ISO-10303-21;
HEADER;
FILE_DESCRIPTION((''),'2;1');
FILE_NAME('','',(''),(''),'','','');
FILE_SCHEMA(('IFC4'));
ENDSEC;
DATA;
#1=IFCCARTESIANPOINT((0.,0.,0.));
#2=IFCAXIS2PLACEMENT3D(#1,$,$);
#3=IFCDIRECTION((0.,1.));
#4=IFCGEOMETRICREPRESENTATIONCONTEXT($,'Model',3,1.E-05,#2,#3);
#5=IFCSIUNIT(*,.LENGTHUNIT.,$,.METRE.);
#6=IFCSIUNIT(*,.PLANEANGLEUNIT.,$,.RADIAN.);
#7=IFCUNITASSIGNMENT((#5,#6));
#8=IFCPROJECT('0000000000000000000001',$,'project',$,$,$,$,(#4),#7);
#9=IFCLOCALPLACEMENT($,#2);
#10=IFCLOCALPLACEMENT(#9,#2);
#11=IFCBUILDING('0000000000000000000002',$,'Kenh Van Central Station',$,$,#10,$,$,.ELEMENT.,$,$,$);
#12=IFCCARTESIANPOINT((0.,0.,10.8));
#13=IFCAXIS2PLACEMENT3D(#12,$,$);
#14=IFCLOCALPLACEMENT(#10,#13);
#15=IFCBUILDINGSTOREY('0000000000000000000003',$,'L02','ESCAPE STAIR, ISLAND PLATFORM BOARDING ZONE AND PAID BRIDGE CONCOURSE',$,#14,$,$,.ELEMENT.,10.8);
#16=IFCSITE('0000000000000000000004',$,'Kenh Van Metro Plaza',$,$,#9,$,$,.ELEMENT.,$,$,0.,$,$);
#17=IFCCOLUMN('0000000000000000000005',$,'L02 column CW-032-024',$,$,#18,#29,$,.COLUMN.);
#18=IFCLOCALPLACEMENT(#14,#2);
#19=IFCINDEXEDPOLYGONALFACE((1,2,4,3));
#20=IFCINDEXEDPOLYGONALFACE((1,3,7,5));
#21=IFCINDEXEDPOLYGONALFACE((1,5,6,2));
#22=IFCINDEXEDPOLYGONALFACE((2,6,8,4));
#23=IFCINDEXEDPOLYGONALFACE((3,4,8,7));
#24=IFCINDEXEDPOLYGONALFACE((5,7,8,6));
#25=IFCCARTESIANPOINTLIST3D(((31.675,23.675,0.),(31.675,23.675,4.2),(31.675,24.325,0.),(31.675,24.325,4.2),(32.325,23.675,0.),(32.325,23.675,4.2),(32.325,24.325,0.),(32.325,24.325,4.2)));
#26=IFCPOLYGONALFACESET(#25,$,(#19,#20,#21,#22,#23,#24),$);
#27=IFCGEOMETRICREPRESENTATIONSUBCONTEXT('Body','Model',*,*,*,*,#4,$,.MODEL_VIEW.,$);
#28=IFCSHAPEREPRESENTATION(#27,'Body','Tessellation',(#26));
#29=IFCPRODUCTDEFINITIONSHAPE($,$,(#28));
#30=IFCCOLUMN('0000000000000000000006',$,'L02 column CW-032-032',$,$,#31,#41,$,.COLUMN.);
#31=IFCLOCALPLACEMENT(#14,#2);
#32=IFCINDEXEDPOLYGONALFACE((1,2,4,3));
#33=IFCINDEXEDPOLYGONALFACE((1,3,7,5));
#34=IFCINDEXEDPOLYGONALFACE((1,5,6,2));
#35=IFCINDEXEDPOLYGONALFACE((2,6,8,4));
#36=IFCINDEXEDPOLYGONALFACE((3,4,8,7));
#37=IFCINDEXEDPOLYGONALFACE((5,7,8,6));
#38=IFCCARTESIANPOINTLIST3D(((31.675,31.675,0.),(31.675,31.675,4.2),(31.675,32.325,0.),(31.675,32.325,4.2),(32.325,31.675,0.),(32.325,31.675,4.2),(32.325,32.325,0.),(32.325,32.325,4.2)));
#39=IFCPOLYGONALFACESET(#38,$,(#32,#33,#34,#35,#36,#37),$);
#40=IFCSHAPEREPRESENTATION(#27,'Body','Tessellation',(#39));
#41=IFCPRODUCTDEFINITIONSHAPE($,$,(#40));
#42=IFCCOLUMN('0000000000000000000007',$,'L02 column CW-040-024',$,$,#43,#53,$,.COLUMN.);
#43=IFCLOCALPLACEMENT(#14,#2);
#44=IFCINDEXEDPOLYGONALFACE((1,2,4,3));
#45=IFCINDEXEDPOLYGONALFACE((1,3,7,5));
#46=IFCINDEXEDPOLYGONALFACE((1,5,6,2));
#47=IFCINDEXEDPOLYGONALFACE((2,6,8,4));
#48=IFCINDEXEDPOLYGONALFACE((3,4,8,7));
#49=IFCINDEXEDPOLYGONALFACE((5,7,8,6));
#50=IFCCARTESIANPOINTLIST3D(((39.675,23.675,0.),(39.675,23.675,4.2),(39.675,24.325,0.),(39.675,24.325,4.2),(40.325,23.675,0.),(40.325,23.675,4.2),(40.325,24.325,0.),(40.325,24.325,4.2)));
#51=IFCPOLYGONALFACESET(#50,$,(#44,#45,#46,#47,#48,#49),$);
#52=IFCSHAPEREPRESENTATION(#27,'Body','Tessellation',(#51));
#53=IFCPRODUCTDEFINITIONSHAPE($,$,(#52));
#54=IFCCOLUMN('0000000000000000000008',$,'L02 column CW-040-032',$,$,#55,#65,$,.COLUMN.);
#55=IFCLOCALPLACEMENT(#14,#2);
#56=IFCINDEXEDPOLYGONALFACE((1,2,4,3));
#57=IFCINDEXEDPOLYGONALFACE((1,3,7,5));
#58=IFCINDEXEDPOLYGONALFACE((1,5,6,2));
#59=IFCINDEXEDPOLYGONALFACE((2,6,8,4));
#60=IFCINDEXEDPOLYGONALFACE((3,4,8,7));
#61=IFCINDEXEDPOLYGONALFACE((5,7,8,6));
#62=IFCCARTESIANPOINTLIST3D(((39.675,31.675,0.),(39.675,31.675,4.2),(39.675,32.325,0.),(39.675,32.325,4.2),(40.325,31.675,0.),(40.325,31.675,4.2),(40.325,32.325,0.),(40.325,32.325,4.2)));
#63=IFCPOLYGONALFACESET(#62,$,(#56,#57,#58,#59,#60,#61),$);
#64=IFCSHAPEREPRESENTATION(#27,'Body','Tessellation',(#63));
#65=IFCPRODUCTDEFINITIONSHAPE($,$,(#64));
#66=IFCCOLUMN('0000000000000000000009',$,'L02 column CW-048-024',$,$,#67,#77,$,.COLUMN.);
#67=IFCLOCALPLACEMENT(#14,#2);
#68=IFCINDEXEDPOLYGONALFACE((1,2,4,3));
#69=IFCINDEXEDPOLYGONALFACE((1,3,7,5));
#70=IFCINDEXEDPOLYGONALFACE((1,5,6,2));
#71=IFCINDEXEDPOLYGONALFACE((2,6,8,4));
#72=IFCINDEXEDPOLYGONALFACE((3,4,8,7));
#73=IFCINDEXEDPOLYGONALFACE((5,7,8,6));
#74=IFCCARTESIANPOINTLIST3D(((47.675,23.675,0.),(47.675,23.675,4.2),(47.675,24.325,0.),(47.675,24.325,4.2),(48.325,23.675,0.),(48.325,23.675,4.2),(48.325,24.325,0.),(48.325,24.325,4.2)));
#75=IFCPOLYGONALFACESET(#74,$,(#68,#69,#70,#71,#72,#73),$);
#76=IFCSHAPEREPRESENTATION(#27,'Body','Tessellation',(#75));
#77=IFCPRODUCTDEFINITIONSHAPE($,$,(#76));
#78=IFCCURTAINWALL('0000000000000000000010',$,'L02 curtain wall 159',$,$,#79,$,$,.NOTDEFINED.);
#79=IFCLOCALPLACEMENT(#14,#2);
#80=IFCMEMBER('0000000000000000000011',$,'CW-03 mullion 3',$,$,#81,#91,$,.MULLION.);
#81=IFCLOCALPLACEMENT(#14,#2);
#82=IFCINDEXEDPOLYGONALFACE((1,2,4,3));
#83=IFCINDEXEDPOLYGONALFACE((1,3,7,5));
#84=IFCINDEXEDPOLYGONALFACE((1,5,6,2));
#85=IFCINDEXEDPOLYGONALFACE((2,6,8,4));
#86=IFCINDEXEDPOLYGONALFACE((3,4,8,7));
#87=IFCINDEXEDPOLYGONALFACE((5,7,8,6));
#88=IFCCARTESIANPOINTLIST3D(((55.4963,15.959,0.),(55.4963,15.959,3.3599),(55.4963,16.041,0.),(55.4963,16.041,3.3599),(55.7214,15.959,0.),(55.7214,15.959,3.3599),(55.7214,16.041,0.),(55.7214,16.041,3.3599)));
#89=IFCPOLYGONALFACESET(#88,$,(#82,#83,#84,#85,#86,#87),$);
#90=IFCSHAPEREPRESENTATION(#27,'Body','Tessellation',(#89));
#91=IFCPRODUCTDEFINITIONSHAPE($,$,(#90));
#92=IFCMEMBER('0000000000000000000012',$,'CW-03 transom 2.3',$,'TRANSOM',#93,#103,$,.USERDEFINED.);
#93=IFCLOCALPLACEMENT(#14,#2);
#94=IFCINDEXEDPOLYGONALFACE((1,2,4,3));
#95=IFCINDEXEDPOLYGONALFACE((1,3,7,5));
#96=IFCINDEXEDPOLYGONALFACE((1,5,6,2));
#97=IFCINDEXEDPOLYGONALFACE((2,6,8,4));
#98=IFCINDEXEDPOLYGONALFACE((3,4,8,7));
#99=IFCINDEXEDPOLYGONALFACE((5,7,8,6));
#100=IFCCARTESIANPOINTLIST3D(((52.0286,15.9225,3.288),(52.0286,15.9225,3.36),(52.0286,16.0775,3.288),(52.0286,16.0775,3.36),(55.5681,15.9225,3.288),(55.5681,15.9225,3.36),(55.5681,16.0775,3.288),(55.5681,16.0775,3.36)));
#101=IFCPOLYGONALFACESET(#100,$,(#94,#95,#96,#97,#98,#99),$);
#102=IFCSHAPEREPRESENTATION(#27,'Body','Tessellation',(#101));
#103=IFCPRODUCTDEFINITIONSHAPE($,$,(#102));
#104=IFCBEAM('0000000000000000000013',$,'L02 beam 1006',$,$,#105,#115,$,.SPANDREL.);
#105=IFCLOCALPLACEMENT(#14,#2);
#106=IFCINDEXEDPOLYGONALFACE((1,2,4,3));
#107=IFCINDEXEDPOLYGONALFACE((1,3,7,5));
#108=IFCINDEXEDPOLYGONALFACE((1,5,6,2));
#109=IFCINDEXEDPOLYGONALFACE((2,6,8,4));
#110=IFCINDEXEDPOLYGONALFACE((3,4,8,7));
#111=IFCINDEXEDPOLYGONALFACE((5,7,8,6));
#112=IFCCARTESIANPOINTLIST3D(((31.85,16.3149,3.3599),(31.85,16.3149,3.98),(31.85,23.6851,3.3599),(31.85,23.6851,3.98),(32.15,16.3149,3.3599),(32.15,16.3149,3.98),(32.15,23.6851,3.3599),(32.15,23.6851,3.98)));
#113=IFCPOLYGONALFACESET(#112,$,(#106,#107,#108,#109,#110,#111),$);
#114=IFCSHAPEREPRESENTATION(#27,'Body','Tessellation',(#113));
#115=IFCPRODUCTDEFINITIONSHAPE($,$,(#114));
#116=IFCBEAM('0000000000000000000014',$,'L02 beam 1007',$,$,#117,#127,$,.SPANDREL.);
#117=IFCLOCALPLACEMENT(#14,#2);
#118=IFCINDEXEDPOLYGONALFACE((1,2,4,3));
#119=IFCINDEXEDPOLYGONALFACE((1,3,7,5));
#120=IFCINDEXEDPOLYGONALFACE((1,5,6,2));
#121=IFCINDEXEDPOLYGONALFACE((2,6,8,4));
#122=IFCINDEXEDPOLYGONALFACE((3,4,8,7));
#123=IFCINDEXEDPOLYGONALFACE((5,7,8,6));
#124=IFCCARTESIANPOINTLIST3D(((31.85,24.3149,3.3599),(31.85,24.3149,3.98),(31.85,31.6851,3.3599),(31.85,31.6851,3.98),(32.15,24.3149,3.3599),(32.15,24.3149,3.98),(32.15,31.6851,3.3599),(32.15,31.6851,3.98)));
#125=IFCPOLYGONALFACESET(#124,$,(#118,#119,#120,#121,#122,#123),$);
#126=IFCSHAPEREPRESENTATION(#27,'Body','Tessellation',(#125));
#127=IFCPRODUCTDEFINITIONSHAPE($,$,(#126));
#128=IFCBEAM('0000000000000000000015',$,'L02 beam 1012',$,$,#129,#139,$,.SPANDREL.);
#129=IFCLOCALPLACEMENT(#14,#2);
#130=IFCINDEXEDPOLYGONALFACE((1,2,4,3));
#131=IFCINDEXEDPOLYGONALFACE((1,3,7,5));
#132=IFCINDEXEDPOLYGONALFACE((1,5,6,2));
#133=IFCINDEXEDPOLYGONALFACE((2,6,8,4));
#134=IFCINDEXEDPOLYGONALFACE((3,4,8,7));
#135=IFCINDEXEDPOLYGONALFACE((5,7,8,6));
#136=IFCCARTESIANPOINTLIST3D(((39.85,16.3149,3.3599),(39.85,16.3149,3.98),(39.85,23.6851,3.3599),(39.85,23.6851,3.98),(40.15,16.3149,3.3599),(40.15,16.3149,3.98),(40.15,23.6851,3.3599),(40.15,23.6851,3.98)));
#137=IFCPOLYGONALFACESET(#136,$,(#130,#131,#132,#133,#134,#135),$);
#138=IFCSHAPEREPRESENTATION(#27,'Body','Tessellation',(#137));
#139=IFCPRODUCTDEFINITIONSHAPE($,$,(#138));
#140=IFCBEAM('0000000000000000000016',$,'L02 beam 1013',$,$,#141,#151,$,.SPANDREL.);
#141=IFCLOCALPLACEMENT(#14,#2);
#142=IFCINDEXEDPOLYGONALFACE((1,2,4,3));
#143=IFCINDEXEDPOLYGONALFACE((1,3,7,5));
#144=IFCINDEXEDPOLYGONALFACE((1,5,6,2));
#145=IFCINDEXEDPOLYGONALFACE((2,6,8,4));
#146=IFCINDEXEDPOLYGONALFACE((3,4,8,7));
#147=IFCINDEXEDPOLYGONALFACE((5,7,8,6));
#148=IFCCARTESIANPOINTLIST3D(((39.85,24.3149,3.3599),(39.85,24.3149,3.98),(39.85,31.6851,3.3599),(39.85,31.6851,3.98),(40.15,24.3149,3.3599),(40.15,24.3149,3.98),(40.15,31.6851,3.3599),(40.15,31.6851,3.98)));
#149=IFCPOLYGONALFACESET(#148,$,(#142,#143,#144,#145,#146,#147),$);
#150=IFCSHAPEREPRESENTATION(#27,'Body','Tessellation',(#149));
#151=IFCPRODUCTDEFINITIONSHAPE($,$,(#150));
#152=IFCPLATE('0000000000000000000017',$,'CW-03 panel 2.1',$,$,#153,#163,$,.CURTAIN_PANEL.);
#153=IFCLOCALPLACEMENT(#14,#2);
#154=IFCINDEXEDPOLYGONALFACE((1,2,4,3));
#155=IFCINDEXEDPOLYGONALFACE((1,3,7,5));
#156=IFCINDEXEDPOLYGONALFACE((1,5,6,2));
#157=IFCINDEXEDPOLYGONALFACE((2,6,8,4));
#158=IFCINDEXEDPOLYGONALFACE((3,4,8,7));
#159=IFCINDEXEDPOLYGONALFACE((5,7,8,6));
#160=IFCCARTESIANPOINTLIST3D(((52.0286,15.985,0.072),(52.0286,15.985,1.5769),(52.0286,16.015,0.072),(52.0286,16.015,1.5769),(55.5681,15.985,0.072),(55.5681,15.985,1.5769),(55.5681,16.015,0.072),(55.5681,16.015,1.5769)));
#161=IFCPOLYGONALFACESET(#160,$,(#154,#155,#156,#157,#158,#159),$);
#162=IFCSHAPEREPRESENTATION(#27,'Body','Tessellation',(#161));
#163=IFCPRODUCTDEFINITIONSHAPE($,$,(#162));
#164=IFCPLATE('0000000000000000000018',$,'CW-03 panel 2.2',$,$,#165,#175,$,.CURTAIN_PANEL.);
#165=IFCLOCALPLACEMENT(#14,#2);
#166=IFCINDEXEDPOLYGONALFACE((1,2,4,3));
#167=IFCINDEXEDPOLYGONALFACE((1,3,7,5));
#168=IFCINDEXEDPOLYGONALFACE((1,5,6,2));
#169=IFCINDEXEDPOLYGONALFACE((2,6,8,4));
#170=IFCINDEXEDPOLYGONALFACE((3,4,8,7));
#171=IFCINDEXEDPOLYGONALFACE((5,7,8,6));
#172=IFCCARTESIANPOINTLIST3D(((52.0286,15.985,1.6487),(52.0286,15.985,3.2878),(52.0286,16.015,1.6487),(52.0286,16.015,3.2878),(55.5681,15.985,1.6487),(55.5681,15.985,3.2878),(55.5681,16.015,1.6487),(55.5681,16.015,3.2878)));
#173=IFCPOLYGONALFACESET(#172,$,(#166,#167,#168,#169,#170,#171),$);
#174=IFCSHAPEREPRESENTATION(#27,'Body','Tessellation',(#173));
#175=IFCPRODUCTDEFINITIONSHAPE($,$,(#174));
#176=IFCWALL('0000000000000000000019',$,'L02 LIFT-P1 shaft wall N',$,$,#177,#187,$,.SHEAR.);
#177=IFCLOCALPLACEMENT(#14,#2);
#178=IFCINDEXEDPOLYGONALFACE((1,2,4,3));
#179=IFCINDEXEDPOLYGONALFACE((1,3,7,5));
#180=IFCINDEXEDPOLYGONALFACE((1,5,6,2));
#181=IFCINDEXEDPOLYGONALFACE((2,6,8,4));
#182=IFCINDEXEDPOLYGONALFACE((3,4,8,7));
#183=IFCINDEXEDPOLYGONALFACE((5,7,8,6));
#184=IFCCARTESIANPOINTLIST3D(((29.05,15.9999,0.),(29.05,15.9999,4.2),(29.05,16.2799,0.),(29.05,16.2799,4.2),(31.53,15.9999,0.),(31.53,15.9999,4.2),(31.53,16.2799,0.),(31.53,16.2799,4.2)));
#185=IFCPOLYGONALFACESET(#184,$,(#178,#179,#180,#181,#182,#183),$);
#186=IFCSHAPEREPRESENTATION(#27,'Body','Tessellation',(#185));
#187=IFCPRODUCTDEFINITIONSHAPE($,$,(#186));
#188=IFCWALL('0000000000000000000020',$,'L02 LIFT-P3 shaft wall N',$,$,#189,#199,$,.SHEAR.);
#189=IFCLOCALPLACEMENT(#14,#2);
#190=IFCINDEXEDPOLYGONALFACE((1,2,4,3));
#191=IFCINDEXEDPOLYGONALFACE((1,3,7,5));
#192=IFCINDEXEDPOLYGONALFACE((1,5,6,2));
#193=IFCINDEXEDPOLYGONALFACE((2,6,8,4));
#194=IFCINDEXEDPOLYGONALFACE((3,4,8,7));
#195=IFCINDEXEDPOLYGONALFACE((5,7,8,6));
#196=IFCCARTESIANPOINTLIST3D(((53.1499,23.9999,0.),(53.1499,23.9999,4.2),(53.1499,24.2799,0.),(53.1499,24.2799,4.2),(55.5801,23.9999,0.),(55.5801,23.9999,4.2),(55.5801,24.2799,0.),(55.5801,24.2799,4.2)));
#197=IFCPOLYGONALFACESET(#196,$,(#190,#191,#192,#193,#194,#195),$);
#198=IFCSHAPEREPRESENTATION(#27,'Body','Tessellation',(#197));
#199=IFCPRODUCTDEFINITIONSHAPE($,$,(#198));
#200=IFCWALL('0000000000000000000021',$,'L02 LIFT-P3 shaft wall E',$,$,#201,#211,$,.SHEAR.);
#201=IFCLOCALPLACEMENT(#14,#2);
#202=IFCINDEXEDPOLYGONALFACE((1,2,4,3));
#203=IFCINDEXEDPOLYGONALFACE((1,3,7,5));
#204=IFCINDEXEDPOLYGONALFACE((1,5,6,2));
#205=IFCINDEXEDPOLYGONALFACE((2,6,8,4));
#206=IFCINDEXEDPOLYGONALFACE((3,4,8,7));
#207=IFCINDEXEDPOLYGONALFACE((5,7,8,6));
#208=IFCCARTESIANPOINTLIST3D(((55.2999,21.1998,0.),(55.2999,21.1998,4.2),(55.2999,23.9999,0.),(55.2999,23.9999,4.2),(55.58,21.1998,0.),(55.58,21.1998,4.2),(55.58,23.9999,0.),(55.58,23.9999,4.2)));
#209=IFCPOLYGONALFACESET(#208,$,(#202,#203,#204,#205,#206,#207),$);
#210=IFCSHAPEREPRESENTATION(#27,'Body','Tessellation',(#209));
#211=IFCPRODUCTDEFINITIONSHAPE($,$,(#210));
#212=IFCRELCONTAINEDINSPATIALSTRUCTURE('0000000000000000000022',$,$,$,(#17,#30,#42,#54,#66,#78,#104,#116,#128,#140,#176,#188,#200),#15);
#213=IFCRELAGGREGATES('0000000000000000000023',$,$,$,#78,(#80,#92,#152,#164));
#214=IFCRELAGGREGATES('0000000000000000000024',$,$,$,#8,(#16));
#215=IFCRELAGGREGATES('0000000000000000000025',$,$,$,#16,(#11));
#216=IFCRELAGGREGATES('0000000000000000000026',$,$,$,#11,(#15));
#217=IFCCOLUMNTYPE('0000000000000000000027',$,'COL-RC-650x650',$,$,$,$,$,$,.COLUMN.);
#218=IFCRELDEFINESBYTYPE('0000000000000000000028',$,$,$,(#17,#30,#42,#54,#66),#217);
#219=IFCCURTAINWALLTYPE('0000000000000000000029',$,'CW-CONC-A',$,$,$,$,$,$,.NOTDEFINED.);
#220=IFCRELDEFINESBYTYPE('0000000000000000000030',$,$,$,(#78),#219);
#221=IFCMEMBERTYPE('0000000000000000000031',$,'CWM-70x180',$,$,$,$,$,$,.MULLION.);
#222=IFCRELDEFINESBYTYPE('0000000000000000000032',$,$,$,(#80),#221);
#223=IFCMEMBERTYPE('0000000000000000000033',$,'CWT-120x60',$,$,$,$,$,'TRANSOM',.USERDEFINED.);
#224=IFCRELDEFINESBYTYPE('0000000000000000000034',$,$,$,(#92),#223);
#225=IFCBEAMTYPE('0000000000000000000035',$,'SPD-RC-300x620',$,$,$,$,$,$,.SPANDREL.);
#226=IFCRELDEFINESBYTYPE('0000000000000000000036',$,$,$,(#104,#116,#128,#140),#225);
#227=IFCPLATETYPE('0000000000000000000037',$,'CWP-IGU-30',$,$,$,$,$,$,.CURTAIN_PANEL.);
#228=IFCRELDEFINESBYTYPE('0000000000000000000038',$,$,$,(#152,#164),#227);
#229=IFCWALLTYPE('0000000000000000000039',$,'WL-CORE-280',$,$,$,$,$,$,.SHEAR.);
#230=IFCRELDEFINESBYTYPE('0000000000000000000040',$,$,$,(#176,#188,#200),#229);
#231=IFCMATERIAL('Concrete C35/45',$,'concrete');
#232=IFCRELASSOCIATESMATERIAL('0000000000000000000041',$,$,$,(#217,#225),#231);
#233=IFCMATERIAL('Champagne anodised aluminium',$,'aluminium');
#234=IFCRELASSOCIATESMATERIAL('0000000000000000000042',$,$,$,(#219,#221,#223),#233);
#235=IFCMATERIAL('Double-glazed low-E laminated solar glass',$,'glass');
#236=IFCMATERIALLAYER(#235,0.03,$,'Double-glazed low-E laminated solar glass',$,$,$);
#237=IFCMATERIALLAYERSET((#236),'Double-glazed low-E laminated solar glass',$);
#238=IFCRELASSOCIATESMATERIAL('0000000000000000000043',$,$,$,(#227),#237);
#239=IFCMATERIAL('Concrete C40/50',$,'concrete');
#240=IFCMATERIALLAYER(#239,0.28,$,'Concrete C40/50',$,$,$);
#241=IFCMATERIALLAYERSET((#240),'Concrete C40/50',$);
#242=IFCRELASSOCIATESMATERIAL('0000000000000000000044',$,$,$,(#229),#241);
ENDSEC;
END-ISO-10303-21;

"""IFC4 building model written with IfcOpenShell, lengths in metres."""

from ifc_helpers import new_model, si_unit, direction, frame, frame_2d, origin, origin_2d, place, context, subcontext, project, spatial, rectangle, extrude, material, layer, layer_set, material_profile, profile_set, type_object, element, aggregate, save


model = new_model("IFC4")

# Units and contexts
model_context = context("Model", 3, precision=1e-05, world=origin(), true_north=direction((0.0, 1.0)))
body_context = subcontext(model_context, "Body", "Model", "MODEL_VIEW")
ifc_project = project(units=[si_unit("LENGTHUNIT", "METRE"), si_unit("PLANEANGLEUNIT", "RADIAN")], contexts=[model_context])

# Site, building, storey
site_placement = place(None, origin())
site = spatial("IfcSite", under=ifc_project, at=site_placement, Name="Kenh Van Metro Plaza", CompositionType="ELEMENT", RefElevation=0.0)
building_placement = place(site_placement, origin())
building = spatial("IfcBuilding", under=site, at=building_placement, Name="Kenh Van Central Station", CompositionType="ELEMENT")
storey_placement = place(building_placement, frame((0.0, 0.0, 10.8)))
storey = spatial("IfcBuildingStorey", under=building, at=storey_placement, Name="L02", Description="ESCAPE STAIR, ISLAND PLATFORM BOARDING ZONE AND PAID BRIDGE CONCOURSE", CompositionType="ELEMENT", Elevation=10.8)

# Columns
ifc_material_1 = material(Name="Concrete C35/45", Category="concrete")
ifc_material_profile_1 = material_profile(ifc_material_1, rectangle(XDim=0.6499, YDim=0.6499, at=origin_2d()), Name="RC 650x650")
ifc_profile_set_1 = profile_set([ifc_material_profile_1], Name="Concrete C35/45")
column_type = type_object("IfcColumnType", Name="COL-RC-650x650", PredefinedType="COLUMN", material=ifc_profile_set_1)
for number, where, z_axis, x_axis, name in (
    (1, (32.0, 24.0, 0.0), (0.0, 0.0, 1.0), (1.0, 0.0, 0.0), "L02 column CW-032-024"),
    (2, (32.0, 32.0, 0.0), (0.0, 0.0, 1.0), (1.0, 0.0, 0.0), "L02 column CW-032-032"),
    (3, (40.0, 24.0, 0.0), (0.0, 0.0, 1.0), (1.0, 0.0, 0.0), "L02 column CW-040-024"),
    (4, (40.0, 32.0, 0.0), (0.0, 0.0, 1.0), (1.0, 0.0, 0.0), "L02 column CW-040-032"),
    (5, (48.0, 24.0, 0.0), (0.0, 0.0, 1.0), (1.0, 0.0, 0.0), "L02 column CW-048-024"),
):
    element("IfcColumn", number, at=place(storey_placement, frame(where, z_axis=z_axis, x_axis=x_axis)), inside=storey, type_object=column_type, Name=name, PredefinedType="COLUMN", context=body_context, shape_type="SweptSolid", body=[
        extrude(rectangle(XDim=0.6499, YDim=0.6499, at=origin_2d()), origin(), (0.0, 0.0, 1.0), 4.2),
    ])

# Curtain wall, members
ifc_material_2 = material(Name="Champagne anodised aluminium", Category="aluminium")
curtain_wall_type = type_object("IfcCurtainWallType", Name="CW-CONC-A", PredefinedType="NOTDEFINED", material=ifc_material_2)
curtain_wall_placement = place(storey_placement, origin())
curtain_wall = element("IfcCurtainWall", 6, at=curtain_wall_placement, inside=storey, type_object=curtain_wall_type, Name="L02 curtain wall 159", PredefinedType="NOTDEFINED")
ifc_material_profile_2 = material_profile(ifc_material_2, rectangle(XDim=0.082, YDim=0.2251, at=origin_2d()), Name="AL 82x225")
ifc_profile_set_2 = profile_set([ifc_material_profile_2], Name="Champagne anodised aluminium")
member_type_1 = type_object("IfcMemberType", Name="CWM-70x180", PredefinedType="MULLION", material=ifc_profile_set_2)
member_1_placement = place(storey_placement, frame((55.6089, 16.0, 0.0), z_axis=(0.0, 0.0, 1.0), x_axis=(0.0, 1.0, 0.0)))
member_1 = element("IfcMember", 7, at=member_1_placement, type_object=member_type_1, Name="CW-03 mullion 3", PredefinedType="MULLION", context=body_context, shape_type="SweptSolid", body=[
    extrude(rectangle(XDim=0.082, YDim=0.2251, at=origin_2d()), origin(), (0.0, 0.0, 1.0), 3.3599),
])
ifc_material_profile_3 = material_profile(ifc_material_2, rectangle(XDim=0.155, YDim=0.072, at=origin_2d()), Name="AL 155x72")
ifc_profile_set_3 = profile_set([ifc_material_profile_3], Name="Champagne anodised aluminium")
member_type_2 = type_object("IfcMemberType", Name="CWT-120x60", ElementType="TRANSOM", PredefinedType="USERDEFINED", material=ifc_profile_set_3)
member_2_placement = place(storey_placement, frame((52.0286, 16.0, 3.324), z_axis=(1.0, 0.0, 0.0), x_axis=(0.0, 1.0, 0.0)))
member_2 = element("IfcMember", 8, at=member_2_placement, type_object=member_type_2, Name="CW-03 transom 2.3", ObjectType="TRANSOM", PredefinedType="USERDEFINED", context=body_context, shape_type="SweptSolid", body=[
    extrude(rectangle(XDim=0.155, YDim=0.072, at=origin_2d()), origin(), (0.0, 0.0, 1.0), 3.5396),
])

# Beams
ifc_material_profile_4 = material_profile(ifc_material_1, rectangle(XDim=0.3, YDim=0.6201, at=origin_2d()), Name="RC 300x620")
ifc_profile_set_4 = profile_set([ifc_material_profile_4], Name="Concrete C35/45")
beam_type = type_object("IfcBeamType", Name="SPD-RC-300x620", PredefinedType="SPANDREL", material=ifc_profile_set_4)
for number, where, z_axis, x_axis, name in (
    (9, (32.0, 16.3149, 3.6699), (0.0, 1.0, 0.0), (-1.0, 0.0, 0.0), "L02 beam 1006"),
    (10, (32.0, 24.3149, 3.6699), (0.0, 1.0, 0.0), (-1.0, 0.0, 0.0), "L02 beam 1007"),
    (11, (40.0, 16.3149, 3.6699), (0.0, 1.0, 0.0), (-1.0, 0.0, 0.0), "L02 beam 1012"),
    (12, (40.0, 24.3149, 3.6699), (0.0, 1.0, 0.0), (-1.0, 0.0, 0.0), "L02 beam 1013"),
):
    element("IfcBeam", number, at=place(storey_placement, frame(where, z_axis=z_axis, x_axis=x_axis)), inside=storey, type_object=beam_type, Name=name, PredefinedType="SPANDREL", context=body_context, shape_type="SweptSolid", body=[
        extrude(rectangle(XDim=0.3, YDim=0.6201, at=origin_2d()), origin(), (0.0, 0.0, 1.0), 7.3701),
    ])

# Plates
ifc_material_3 = material(Name="Double-glazed low-E laminated solar glass", Category="glass")
ifc_layer_1 = layer(ifc_material_3, 0.03, Name="Double-glazed low-E laminated solar glass")
ifc_layer_set_1 = layer_set([ifc_layer_1], Name="Double-glazed low-E laminated solar glass")
plate_type = type_object("IfcPlateType", Name="CWP-IGU-30", PredefinedType="CURTAIN_PANEL", material=ifc_layer_set_1)
plate_1_placement = place(storey_placement, frame((53.7983, 16.0, 0.072), z_axis=(0.0, 0.0, 1.0), x_axis=(1.0, 0.0, 0.0)))
plate_1 = element("IfcPlate", 13, at=plate_1_placement, type_object=plate_type, Name="CW-03 panel 2.1", PredefinedType="CURTAIN_PANEL", context=body_context, shape_type="SweptSolid", body=[
    extrude(rectangle(XDim=3.5396, YDim=0.03, at=origin_2d()), origin(), (0.0, 0.0, 1.0), 1.5049),
])
plate_2_placement = place(storey_placement, frame((53.7983, 16.0, 1.6487), z_axis=(0.0, 0.0, 1.0), x_axis=(1.0, 0.0, 0.0)))
plate_2 = element("IfcPlate", 14, at=plate_2_placement, type_object=plate_type, Name="CW-03 panel 2.2", PredefinedType="CURTAIN_PANEL", context=body_context, shape_type="SweptSolid", body=[
    extrude(rectangle(XDim=3.5396, YDim=0.03, at=origin_2d()), origin(), (0.0, 0.0, 1.0), 1.6392),
])
aggregate(curtain_wall, [member_1, member_2, plate_1, plate_2])

# Wall
ifc_material_4 = material(Name="Concrete C40/50", Category="concrete")
ifc_layer_2 = layer(ifc_material_4, 0.28, Name="Concrete C40/50")
ifc_layer_set_2 = layer_set([ifc_layer_2], Name="Concrete C40/50")
wall_type_1 = type_object("IfcWallType", Name="WL-CORE-280", PredefinedType="SHEAR", material=ifc_layer_set_2)
wall_1_placement = place(storey_placement, frame((29.05, 16.1399, 0.0), z_axis=(0.0, 0.0, 1.0), x_axis=(1.0, 0.0, 0.0)))
element("IfcWall", 15, at=wall_1_placement, inside=storey, type_object=wall_type_1, Name="L02 LIFT-P1 shaft wall N", PredefinedType="SHEAR", context=body_context, shape_type="SweptSolid", body=[
    extrude(rectangle(XDim=2.48, YDim=0.28, at=frame_2d((1.24, 0.0))), origin(), (0.0, 0.0, 1.0), 4.2),
])

# Walls
wall_2_placement = place(storey_placement, frame((53.1499, 24.1399, 0.0), z_axis=(0.0, 0.0, 1.0), x_axis=(1.0, 0.0, 0.0)))
element("IfcWall", 16, at=wall_2_placement, inside=storey, type_object=wall_type_1, Name="L02 LIFT-P3 shaft wall N", PredefinedType="SHEAR", context=body_context, shape_type="SweptSolid", body=[
    extrude(rectangle(XDim=2.4302, YDim=0.28, at=frame_2d((1.2151, 0.0))), origin(), (0.0, 0.0, 1.0), 4.2),
])
wall_3_placement = place(storey_placement, frame((55.4399, 21.2, 0.0), z_axis=(0.0, 0.0, 1.0), x_axis=(0.0, 1.0, 0.0)))
element("IfcWall", 17, at=wall_3_placement, inside=storey, type_object=wall_type_1, Name="L02 LIFT-P3 shaft wall E", PredefinedType="SHEAR", context=body_context, shape_type="SweptSolid", body=[
    extrude(rectangle(XDim=2.8, YDim=0.28, at=frame_2d((1.3999, 0.0))), origin(), (0.0, 0.0, 1.0), 4.2),
])

save(model, "model.ifc")
